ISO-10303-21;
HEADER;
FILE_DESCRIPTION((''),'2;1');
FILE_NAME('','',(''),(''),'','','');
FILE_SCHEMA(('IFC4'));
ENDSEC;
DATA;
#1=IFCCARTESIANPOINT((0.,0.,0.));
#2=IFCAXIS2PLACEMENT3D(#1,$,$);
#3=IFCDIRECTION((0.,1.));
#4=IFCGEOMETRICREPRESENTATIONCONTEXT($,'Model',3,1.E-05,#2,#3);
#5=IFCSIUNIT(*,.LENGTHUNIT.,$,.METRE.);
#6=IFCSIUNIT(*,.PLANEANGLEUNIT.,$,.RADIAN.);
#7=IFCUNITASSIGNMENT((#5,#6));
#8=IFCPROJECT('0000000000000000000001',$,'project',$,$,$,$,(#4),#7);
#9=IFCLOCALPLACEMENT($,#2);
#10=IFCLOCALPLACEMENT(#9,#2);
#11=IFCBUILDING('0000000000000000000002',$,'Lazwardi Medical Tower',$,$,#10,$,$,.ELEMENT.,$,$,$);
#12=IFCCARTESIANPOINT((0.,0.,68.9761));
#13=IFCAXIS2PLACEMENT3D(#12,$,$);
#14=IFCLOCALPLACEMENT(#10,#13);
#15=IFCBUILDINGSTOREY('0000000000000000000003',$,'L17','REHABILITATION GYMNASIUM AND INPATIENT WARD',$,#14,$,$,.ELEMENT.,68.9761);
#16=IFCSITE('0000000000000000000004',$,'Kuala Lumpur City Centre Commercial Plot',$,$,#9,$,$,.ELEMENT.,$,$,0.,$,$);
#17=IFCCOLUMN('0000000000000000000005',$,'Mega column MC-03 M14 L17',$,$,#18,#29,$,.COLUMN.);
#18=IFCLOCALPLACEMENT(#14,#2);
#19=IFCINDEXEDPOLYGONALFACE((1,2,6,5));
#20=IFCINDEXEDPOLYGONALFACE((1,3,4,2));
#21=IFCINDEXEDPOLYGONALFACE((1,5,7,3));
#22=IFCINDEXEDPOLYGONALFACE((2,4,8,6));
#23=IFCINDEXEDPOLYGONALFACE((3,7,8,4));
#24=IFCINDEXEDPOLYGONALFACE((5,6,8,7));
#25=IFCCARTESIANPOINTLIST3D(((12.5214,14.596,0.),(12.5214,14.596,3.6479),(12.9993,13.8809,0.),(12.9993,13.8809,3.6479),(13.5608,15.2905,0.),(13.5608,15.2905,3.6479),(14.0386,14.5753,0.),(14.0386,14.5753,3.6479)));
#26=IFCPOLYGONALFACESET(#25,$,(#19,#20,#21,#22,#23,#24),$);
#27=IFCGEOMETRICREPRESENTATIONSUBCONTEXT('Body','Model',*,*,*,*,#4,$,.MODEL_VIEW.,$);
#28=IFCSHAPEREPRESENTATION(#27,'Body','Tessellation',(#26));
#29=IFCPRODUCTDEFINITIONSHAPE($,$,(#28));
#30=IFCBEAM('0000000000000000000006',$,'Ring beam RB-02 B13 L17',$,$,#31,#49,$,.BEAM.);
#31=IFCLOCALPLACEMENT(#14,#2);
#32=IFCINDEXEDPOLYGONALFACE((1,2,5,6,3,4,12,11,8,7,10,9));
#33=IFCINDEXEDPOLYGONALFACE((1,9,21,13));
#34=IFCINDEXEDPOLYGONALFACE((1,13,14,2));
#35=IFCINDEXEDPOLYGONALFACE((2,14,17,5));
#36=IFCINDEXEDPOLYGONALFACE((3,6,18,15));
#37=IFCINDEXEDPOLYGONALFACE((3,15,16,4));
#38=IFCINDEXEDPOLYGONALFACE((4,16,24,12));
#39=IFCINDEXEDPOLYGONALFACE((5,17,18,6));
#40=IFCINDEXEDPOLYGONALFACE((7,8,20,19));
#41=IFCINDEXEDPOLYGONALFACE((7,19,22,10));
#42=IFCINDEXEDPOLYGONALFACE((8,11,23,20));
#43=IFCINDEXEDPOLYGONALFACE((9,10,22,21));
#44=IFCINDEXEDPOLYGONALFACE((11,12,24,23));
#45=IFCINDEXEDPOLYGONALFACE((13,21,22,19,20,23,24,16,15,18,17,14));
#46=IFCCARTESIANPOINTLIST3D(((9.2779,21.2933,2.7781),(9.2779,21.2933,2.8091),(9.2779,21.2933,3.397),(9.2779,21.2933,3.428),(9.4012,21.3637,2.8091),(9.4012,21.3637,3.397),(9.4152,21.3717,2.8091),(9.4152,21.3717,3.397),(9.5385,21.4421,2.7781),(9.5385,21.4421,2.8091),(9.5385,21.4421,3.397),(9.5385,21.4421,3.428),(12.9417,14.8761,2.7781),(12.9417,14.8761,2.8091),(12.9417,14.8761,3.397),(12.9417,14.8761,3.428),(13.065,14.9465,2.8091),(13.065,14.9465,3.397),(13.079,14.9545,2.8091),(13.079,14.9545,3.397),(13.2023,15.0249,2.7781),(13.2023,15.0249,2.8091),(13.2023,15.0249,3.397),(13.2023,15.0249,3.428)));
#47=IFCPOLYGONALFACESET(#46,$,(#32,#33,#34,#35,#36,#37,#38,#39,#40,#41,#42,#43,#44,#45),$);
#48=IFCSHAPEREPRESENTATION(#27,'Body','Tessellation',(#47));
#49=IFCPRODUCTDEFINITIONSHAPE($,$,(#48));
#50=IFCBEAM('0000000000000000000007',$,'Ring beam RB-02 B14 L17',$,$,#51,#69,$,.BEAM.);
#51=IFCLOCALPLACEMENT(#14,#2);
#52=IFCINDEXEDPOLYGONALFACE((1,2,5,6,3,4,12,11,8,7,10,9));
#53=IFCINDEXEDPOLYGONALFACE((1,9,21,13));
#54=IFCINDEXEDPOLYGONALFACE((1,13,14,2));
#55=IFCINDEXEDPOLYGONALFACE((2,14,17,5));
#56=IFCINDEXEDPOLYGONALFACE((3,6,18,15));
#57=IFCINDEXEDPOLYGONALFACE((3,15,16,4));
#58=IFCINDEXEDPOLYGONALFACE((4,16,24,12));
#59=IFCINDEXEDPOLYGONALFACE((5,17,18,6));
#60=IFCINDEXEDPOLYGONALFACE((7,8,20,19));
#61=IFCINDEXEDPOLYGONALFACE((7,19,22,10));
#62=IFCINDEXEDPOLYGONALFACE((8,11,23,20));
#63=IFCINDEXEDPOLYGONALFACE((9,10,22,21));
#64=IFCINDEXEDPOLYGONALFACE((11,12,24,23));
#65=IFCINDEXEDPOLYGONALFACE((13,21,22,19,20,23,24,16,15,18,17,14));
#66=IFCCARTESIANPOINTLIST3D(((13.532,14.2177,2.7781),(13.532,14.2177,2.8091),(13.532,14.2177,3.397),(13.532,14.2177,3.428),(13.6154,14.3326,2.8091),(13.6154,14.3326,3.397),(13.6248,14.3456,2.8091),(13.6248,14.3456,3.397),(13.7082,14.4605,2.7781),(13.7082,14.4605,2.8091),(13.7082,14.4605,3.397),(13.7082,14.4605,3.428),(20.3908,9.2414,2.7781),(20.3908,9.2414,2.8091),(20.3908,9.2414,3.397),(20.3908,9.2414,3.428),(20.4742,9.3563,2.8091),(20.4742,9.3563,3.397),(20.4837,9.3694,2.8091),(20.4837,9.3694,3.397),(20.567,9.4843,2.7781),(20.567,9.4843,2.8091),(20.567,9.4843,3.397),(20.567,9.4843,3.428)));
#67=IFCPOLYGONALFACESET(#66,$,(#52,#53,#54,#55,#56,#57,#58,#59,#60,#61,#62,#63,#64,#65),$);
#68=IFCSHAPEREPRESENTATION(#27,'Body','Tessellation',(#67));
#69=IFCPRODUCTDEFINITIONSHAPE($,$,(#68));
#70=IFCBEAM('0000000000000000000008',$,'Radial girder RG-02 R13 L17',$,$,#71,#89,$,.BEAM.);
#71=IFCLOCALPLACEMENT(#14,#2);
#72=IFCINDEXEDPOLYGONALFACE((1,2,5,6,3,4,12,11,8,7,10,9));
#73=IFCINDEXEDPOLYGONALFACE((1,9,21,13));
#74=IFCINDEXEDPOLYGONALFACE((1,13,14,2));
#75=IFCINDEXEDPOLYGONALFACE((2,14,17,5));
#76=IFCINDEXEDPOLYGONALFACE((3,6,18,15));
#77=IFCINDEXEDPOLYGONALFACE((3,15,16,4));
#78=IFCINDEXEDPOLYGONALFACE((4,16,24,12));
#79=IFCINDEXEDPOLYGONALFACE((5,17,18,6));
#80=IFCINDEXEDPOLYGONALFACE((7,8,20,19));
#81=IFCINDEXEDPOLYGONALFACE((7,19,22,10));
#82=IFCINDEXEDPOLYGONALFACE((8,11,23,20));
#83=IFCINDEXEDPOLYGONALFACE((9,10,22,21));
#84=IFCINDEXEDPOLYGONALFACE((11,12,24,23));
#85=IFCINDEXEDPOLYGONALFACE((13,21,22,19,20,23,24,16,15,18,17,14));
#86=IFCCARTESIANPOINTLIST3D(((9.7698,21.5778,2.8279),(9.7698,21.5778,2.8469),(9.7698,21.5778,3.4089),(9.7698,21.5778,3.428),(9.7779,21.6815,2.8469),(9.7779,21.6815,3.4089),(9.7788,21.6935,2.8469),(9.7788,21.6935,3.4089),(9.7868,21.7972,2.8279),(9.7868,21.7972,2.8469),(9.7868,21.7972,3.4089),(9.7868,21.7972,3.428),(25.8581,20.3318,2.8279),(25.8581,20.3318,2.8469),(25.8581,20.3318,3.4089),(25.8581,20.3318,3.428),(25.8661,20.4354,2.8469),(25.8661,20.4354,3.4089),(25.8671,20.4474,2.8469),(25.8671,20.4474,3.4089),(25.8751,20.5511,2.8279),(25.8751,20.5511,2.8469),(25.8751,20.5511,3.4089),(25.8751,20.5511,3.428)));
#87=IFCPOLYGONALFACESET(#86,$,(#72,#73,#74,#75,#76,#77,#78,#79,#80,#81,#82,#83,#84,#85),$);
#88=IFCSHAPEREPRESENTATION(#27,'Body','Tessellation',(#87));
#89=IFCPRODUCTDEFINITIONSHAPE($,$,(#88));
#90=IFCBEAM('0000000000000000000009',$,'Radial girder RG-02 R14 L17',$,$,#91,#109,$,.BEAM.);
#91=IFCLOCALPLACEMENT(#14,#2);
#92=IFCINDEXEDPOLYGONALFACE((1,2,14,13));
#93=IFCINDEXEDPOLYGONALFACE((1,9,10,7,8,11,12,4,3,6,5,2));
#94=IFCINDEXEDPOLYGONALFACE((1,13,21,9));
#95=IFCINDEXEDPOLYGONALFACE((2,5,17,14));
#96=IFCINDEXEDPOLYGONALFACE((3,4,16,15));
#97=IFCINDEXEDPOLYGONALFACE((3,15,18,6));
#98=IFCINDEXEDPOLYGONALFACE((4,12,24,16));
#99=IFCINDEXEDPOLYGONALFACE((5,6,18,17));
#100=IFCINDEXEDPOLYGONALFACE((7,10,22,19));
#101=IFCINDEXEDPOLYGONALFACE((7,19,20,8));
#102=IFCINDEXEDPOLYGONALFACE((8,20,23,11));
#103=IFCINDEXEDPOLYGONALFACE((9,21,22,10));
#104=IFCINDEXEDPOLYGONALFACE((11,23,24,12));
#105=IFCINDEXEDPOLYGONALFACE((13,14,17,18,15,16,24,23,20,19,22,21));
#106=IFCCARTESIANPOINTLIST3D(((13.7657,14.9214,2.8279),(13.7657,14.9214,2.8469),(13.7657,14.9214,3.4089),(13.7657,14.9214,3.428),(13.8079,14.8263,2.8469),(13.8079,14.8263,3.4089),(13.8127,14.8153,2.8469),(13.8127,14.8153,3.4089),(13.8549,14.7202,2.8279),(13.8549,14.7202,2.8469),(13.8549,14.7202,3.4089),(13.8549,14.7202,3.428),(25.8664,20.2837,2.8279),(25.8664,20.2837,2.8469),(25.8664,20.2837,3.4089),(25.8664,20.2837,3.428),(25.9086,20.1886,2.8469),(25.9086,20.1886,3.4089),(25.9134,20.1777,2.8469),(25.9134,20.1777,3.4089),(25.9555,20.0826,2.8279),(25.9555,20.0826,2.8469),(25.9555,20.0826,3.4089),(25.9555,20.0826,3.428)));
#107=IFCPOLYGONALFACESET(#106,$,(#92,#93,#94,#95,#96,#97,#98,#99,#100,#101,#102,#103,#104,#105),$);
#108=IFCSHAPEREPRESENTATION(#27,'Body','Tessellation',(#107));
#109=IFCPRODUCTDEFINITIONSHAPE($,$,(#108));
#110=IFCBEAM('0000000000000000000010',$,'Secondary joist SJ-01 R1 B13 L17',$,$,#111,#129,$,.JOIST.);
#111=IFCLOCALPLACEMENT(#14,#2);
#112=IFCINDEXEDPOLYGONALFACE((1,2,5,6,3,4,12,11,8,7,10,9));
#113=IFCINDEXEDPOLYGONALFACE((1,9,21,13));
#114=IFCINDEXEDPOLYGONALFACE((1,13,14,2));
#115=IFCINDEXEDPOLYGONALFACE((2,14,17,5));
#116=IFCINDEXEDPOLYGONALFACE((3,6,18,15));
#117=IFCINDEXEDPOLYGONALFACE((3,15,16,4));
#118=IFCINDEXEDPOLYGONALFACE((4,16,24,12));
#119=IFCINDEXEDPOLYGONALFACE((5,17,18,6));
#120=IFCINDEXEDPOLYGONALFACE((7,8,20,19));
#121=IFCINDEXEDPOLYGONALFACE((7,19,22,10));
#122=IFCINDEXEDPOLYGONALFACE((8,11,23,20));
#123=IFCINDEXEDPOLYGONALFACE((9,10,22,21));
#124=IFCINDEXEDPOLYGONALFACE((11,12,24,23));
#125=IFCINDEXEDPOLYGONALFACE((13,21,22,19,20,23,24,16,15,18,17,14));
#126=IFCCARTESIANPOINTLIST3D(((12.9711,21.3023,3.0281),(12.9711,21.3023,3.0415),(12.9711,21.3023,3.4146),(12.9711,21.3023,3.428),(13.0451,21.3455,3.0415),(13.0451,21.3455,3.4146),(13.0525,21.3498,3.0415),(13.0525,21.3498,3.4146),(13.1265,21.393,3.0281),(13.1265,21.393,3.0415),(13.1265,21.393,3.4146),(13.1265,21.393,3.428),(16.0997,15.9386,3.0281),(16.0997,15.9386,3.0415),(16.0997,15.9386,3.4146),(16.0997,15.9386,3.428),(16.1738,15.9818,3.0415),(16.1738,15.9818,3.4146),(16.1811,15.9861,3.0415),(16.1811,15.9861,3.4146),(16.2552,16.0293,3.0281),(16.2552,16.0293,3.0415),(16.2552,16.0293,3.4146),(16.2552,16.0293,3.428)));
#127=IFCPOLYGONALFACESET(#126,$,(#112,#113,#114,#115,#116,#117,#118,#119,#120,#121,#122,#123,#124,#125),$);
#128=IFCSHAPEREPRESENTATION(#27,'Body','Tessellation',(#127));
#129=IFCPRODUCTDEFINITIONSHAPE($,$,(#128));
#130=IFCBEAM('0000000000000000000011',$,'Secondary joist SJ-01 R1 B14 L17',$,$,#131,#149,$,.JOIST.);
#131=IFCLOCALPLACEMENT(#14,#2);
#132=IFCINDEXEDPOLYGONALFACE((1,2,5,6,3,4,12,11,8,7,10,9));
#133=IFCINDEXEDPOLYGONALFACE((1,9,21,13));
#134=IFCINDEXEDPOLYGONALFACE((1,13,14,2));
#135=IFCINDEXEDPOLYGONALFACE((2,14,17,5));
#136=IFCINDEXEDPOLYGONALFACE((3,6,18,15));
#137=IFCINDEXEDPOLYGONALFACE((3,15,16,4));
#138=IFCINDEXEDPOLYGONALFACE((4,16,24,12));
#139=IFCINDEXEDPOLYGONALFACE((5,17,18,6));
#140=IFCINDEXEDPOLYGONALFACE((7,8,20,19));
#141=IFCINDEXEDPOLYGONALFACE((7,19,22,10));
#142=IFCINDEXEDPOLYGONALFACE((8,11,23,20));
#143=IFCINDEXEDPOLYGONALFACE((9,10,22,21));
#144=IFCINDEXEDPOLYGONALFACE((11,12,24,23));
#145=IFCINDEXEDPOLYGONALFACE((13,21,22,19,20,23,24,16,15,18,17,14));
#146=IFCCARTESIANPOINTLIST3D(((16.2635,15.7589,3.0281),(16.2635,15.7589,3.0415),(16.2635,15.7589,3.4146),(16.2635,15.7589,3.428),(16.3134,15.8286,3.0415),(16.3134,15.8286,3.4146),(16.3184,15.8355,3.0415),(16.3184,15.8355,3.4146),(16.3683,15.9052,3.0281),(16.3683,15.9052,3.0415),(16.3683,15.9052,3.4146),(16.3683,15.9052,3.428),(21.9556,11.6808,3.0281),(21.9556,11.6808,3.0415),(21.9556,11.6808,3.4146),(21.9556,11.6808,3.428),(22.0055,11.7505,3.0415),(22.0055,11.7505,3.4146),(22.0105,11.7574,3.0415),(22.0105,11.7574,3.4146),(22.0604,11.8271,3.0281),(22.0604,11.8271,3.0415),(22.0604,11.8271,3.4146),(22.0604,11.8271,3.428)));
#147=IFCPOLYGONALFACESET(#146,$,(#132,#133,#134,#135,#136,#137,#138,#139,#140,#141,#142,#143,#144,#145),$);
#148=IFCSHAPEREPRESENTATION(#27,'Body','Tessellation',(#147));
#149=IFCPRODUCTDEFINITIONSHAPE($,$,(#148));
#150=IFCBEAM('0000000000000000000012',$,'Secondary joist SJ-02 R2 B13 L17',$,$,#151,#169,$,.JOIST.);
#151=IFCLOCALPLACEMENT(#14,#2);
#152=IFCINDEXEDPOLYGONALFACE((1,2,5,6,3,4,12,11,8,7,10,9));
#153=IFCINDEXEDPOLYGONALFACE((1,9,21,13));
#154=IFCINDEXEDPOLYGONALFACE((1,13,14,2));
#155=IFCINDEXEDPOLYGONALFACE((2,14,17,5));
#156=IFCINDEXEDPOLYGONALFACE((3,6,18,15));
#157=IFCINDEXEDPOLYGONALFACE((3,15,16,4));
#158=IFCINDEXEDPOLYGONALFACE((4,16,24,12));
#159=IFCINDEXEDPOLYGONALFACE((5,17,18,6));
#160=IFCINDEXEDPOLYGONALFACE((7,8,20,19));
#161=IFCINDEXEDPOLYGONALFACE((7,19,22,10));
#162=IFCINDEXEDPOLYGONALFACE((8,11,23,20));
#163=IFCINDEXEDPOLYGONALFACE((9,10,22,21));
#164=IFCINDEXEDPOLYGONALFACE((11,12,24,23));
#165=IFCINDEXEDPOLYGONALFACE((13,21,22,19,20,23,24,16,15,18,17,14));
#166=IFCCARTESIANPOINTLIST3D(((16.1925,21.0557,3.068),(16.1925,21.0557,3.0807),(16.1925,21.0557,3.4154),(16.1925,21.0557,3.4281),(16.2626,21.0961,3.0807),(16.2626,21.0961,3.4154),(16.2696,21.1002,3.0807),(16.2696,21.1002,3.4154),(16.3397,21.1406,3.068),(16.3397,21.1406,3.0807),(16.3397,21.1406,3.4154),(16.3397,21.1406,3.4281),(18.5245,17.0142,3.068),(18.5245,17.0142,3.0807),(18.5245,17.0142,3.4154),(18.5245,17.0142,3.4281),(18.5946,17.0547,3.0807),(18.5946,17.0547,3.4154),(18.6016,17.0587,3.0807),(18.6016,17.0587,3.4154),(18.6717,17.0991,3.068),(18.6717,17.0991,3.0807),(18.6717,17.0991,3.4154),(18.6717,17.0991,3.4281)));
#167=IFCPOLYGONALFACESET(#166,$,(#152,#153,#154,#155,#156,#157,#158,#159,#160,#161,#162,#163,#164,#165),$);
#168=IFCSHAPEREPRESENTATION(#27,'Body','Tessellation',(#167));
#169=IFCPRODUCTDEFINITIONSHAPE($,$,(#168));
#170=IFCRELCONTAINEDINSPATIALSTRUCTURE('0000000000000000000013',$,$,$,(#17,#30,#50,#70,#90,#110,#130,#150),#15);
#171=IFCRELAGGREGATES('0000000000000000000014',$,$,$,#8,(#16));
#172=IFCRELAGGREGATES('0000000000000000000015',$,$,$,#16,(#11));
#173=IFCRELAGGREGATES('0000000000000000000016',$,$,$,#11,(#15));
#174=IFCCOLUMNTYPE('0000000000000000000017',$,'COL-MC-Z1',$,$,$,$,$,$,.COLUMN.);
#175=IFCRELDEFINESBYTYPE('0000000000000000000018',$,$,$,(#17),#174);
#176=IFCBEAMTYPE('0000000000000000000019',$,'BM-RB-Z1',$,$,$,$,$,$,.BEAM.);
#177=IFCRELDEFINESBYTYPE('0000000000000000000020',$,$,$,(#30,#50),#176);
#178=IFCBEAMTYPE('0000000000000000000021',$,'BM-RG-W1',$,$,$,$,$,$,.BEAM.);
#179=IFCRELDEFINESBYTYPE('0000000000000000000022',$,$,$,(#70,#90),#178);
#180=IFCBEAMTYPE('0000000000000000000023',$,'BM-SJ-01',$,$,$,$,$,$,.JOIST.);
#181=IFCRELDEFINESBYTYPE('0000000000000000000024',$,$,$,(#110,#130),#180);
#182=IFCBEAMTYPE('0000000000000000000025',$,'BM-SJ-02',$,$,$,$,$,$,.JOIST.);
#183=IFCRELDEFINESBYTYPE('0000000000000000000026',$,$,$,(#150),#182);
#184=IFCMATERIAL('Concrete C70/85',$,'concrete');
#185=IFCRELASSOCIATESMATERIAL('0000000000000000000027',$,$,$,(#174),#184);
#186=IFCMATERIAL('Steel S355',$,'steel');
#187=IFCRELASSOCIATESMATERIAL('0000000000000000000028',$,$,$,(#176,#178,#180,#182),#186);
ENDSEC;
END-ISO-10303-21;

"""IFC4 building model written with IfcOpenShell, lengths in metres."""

from ifc_helpers import new_model, si_unit, direction, frame, origin, origin_2d, place, context, subcontext, project, spatial, rectangle, i_section, extrude, material, material_profile, profile_set, type_object, element, save


model = new_model("IFC4")

# Units and contexts
model_context = context("Model", 3, precision=1e-05, world=origin(), true_north=direction((0.0, 1.0)))
body_context = subcontext(model_context, "Body", "Model", "MODEL_VIEW")
ifc_project = project(units=[si_unit("LENGTHUNIT", "METRE"), si_unit("PLANEANGLEUNIT", "RADIAN")], contexts=[model_context])

# Site, building, storey
site_placement = place(None, origin())
site = spatial("IfcSite", under=ifc_project, at=site_placement, Name="Kuala Lumpur City Centre Commercial Plot", CompositionType="ELEMENT", RefElevation=0.0)
building_placement = place(site_placement, origin())
building = spatial("IfcBuilding", under=site, at=building_placement, Name="Lazwardi Medical Tower", CompositionType="ELEMENT")
storey_placement = place(building_placement, frame((0.0, 0.0, 68.9761)))
storey = spatial("IfcBuildingStorey", under=building, at=storey_placement, Name="L17", Description="REHABILITATION GYMNASIUM AND INPATIENT WARD", CompositionType="ELEMENT", Elevation=68.9761)

# Column
ifc_material_1 = material(Name="Concrete C70/85", Category="concrete")
ifc_material_profile_1 = material_profile(ifc_material_1, rectangle(XDim=1.25, YDim=0.8601, at=origin_2d()), Name="CFT-RECT 1250x860")
ifc_profile_set_1 = profile_set([ifc_material_profile_1], Name="Concrete C70/85")
column_type = type_object("IfcColumnType", Name="COL-MC-Z1", PredefinedType="COLUMN", material=ifc_profile_set_1)
column_placement = place(storey_placement, frame((13.28, 14.5857, 0.0), z_axis=(0.0, 0.0, 1.0), x_axis=(-0.83147, -0.55557, 0.0)))
element("IfcColumn", 1, at=column_placement, inside=storey, type_object=column_type, Name="Mega column MC-03 M14 L17", PredefinedType="COLUMN", context=body_context, shape_type="SweptSolid", body=[
    extrude(rectangle(XDim=1.25, YDim=0.8601, at=origin_2d()), origin(), (0.0, 0.0, 1.0), 3.6479),
])

# Beams
ifc_material_2 = material(Name="Steel S355", Category="steel")
ifc_material_profile_2 = material_profile(ifc_material_2, i_section(OverallWidth=0.3, OverallDepth=0.6499, WebThickness=0.0161, FlangeThickness=0.031, at=origin_2d()), Name="HEB 650")
ifc_profile_set_2 = profile_set([ifc_material_profile_2], Name="Steel S355")
beam_type_1 = type_object("IfcBeamType", Name="BM-RB-Z1", PredefinedType="BEAM", material=ifc_profile_set_2)
beam_1_placement = place(storey_placement, frame((9.4082, 21.3677, 3.103), z_axis=(0.495815, -0.868428, 0.0), x_axis=(0.868428, 0.495815, 0.0)))
element("IfcBeam", 2, at=beam_1_placement, inside=storey, type_object=beam_type_1, Name="Ring beam RB-02 B13 L17", PredefinedType="BEAM", context=body_context, shape_type="SweptSolid", body=[
    extrude(i_section(OverallWidth=0.3, OverallDepth=0.6499, WebThickness=0.0161, FlangeThickness=0.031, at=origin_2d()), origin(), (0.0, 0.0, 1.0), 7.3894),
])
beam_2_placement = place(storey_placement, frame((13.6201, 14.3391, 3.103), z_axis=(0.809407, -0.587248, 0.0), x_axis=(0.587248, 0.809407, 0.0)))
element("IfcBeam", 3, at=beam_2_placement, inside=storey, type_object=beam_type_1, Name="Ring beam RB-02 B14 L17", PredefinedType="BEAM", context=body_context, shape_type="SweptSolid", body=[
    extrude(i_section(OverallWidth=0.3, OverallDepth=0.6499, WebThickness=0.0161, FlangeThickness=0.031, at=origin_2d()), origin(), (0.0, 0.0, 1.0), 8.4739),
])
ifc_material_profile_3 = material_profile(ifc_material_2, i_section(OverallWidth=0.22, OverallDepth=0.6001, WebThickness=0.012, FlangeThickness=0.019, at=origin_2d()), Name="IPE 600")
ifc_profile_set_3 = profile_set([ifc_material_profile_3], Name="Steel S355")
beam_type_2 = type_object("IfcBeamType", Name="BM-RG-W1", PredefinedType="BEAM", material=ifc_profile_set_3)
beam_3_placement = place(storey_placement, frame((9.7783, 21.6875, 3.1279), z_axis=(0.997014, -0.077222, 0.0), x_axis=(0.077222, 0.997014, 0.0)))
element("IfcBeam", 4, at=beam_3_placement, inside=storey, type_object=beam_type_2, Name="Radial girder RG-02 R13 L17", PredefinedType="BEAM", context=body_context, shape_type="SweptSolid", body=[
    extrude(i_section(OverallWidth=0.22, OverallDepth=0.6001, WebThickness=0.012, FlangeThickness=0.019, at=origin_2d()), origin(), (0.0, 0.0, 1.0), 16.1365),
])
beam_4_placement = place(storey_placement, frame((13.8103, 14.8208, 3.1279), z_axis=(0.914252, 0.405146, 0.0), x_axis=(-0.405146, 0.914252, 0.0)))
element("IfcBeam", 5, at=beam_4_placement, inside=storey, type_object=beam_type_2, Name="Radial girder RG-02 R14 L17", PredefinedType="BEAM", context=body_context, shape_type="SweptSolid", body=[
    extrude(i_section(OverallWidth=0.22, OverallDepth=0.6001, WebThickness=0.012, FlangeThickness=0.019, at=origin_2d()), origin(), (0.0, 0.0, 1.0), 13.2356),
])
ifc_material_profile_4 = material_profile(ifc_material_2, i_section(OverallWidth=0.1799, OverallDepth=0.3999, WebThickness=0.0085, FlangeThickness=0.0134, at=origin_2d()), Name="IPE 400")
ifc_profile_set_4 = profile_set([ifc_material_profile_4], Name="Steel S355")
beam_type_3 = type_object("IfcBeamType", Name="BM-SJ-01", PredefinedType="JOIST", material=ifc_profile_set_4)
beam_5_placement = place(storey_placement, frame((13.0488, 21.3477, 3.228), z_axis=(0.503847, -0.863793, 0.0), x_axis=(0.863793, 0.503847, 0.0)))
element("IfcBeam", 6, at=beam_5_placement, inside=storey, type_object=beam_type_3, Name="Secondary joist SJ-01 R1 B13 L17", PredefinedType="JOIST", context=body_context, shape_type="SweptSolid", body=[
    extrude(i_section(OverallWidth=0.1799, OverallDepth=0.3999, WebThickness=0.0085, FlangeThickness=0.0134, at=origin_2d()), origin(), (0.0, 0.0, 1.0), 6.2095),
])
beam_6_placement = place(storey_placement, frame((16.3159, 15.832, 3.228), z_axis=(0.812901, -0.582402, 0.0), x_axis=(0.582402, 0.812901, 0.0)))
element("IfcBeam", 7, at=beam_6_placement, inside=storey, type_object=beam_type_3, Name="Secondary joist SJ-01 R1 B14 L17", PredefinedType="JOIST", context=body_context, shape_type="SweptSolid", body=[
    extrude(i_section(OverallWidth=0.1799, OverallDepth=0.3999, WebThickness=0.0085, FlangeThickness=0.0134, at=origin_2d()), origin(), (0.0, 0.0, 1.0), 7.0022),
])
ifc_material_profile_5 = material_profile(ifc_material_2, i_section(OverallWidth=0.1699, OverallDepth=0.3601, WebThickness=0.0081, FlangeThickness=0.0127, at=origin_2d()), Name="IPE 360")
ifc_profile_set_5 = profile_set([ifc_material_profile_5], Name="Steel S355")
beam_type_4 = type_object("IfcBeamType", Name="BM-SJ-02", PredefinedType="JOIST", material=ifc_profile_set_5)
beam_7_placement = place(storey_placement, frame((16.2661, 21.0981, 3.248), z_axis=(0.499786, -0.866149, 0.0), x_axis=(0.866149, 0.499786, 0.0)))
element("IfcBeam", 8, at=beam_7_placement, inside=storey, type_object=beam_type_4, Name="Secondary joist SJ-02 R2 B13 L17", PredefinedType="JOIST", context=body_context, shape_type="SweptSolid", body=[
    extrude(i_section(OverallWidth=0.1699, OverallDepth=0.3601, WebThickness=0.0081, FlangeThickness=0.0127, at=origin_2d()), origin(), (0.0, 0.0, 1.0), 4.666),
])

save(model, "model.ifc")
